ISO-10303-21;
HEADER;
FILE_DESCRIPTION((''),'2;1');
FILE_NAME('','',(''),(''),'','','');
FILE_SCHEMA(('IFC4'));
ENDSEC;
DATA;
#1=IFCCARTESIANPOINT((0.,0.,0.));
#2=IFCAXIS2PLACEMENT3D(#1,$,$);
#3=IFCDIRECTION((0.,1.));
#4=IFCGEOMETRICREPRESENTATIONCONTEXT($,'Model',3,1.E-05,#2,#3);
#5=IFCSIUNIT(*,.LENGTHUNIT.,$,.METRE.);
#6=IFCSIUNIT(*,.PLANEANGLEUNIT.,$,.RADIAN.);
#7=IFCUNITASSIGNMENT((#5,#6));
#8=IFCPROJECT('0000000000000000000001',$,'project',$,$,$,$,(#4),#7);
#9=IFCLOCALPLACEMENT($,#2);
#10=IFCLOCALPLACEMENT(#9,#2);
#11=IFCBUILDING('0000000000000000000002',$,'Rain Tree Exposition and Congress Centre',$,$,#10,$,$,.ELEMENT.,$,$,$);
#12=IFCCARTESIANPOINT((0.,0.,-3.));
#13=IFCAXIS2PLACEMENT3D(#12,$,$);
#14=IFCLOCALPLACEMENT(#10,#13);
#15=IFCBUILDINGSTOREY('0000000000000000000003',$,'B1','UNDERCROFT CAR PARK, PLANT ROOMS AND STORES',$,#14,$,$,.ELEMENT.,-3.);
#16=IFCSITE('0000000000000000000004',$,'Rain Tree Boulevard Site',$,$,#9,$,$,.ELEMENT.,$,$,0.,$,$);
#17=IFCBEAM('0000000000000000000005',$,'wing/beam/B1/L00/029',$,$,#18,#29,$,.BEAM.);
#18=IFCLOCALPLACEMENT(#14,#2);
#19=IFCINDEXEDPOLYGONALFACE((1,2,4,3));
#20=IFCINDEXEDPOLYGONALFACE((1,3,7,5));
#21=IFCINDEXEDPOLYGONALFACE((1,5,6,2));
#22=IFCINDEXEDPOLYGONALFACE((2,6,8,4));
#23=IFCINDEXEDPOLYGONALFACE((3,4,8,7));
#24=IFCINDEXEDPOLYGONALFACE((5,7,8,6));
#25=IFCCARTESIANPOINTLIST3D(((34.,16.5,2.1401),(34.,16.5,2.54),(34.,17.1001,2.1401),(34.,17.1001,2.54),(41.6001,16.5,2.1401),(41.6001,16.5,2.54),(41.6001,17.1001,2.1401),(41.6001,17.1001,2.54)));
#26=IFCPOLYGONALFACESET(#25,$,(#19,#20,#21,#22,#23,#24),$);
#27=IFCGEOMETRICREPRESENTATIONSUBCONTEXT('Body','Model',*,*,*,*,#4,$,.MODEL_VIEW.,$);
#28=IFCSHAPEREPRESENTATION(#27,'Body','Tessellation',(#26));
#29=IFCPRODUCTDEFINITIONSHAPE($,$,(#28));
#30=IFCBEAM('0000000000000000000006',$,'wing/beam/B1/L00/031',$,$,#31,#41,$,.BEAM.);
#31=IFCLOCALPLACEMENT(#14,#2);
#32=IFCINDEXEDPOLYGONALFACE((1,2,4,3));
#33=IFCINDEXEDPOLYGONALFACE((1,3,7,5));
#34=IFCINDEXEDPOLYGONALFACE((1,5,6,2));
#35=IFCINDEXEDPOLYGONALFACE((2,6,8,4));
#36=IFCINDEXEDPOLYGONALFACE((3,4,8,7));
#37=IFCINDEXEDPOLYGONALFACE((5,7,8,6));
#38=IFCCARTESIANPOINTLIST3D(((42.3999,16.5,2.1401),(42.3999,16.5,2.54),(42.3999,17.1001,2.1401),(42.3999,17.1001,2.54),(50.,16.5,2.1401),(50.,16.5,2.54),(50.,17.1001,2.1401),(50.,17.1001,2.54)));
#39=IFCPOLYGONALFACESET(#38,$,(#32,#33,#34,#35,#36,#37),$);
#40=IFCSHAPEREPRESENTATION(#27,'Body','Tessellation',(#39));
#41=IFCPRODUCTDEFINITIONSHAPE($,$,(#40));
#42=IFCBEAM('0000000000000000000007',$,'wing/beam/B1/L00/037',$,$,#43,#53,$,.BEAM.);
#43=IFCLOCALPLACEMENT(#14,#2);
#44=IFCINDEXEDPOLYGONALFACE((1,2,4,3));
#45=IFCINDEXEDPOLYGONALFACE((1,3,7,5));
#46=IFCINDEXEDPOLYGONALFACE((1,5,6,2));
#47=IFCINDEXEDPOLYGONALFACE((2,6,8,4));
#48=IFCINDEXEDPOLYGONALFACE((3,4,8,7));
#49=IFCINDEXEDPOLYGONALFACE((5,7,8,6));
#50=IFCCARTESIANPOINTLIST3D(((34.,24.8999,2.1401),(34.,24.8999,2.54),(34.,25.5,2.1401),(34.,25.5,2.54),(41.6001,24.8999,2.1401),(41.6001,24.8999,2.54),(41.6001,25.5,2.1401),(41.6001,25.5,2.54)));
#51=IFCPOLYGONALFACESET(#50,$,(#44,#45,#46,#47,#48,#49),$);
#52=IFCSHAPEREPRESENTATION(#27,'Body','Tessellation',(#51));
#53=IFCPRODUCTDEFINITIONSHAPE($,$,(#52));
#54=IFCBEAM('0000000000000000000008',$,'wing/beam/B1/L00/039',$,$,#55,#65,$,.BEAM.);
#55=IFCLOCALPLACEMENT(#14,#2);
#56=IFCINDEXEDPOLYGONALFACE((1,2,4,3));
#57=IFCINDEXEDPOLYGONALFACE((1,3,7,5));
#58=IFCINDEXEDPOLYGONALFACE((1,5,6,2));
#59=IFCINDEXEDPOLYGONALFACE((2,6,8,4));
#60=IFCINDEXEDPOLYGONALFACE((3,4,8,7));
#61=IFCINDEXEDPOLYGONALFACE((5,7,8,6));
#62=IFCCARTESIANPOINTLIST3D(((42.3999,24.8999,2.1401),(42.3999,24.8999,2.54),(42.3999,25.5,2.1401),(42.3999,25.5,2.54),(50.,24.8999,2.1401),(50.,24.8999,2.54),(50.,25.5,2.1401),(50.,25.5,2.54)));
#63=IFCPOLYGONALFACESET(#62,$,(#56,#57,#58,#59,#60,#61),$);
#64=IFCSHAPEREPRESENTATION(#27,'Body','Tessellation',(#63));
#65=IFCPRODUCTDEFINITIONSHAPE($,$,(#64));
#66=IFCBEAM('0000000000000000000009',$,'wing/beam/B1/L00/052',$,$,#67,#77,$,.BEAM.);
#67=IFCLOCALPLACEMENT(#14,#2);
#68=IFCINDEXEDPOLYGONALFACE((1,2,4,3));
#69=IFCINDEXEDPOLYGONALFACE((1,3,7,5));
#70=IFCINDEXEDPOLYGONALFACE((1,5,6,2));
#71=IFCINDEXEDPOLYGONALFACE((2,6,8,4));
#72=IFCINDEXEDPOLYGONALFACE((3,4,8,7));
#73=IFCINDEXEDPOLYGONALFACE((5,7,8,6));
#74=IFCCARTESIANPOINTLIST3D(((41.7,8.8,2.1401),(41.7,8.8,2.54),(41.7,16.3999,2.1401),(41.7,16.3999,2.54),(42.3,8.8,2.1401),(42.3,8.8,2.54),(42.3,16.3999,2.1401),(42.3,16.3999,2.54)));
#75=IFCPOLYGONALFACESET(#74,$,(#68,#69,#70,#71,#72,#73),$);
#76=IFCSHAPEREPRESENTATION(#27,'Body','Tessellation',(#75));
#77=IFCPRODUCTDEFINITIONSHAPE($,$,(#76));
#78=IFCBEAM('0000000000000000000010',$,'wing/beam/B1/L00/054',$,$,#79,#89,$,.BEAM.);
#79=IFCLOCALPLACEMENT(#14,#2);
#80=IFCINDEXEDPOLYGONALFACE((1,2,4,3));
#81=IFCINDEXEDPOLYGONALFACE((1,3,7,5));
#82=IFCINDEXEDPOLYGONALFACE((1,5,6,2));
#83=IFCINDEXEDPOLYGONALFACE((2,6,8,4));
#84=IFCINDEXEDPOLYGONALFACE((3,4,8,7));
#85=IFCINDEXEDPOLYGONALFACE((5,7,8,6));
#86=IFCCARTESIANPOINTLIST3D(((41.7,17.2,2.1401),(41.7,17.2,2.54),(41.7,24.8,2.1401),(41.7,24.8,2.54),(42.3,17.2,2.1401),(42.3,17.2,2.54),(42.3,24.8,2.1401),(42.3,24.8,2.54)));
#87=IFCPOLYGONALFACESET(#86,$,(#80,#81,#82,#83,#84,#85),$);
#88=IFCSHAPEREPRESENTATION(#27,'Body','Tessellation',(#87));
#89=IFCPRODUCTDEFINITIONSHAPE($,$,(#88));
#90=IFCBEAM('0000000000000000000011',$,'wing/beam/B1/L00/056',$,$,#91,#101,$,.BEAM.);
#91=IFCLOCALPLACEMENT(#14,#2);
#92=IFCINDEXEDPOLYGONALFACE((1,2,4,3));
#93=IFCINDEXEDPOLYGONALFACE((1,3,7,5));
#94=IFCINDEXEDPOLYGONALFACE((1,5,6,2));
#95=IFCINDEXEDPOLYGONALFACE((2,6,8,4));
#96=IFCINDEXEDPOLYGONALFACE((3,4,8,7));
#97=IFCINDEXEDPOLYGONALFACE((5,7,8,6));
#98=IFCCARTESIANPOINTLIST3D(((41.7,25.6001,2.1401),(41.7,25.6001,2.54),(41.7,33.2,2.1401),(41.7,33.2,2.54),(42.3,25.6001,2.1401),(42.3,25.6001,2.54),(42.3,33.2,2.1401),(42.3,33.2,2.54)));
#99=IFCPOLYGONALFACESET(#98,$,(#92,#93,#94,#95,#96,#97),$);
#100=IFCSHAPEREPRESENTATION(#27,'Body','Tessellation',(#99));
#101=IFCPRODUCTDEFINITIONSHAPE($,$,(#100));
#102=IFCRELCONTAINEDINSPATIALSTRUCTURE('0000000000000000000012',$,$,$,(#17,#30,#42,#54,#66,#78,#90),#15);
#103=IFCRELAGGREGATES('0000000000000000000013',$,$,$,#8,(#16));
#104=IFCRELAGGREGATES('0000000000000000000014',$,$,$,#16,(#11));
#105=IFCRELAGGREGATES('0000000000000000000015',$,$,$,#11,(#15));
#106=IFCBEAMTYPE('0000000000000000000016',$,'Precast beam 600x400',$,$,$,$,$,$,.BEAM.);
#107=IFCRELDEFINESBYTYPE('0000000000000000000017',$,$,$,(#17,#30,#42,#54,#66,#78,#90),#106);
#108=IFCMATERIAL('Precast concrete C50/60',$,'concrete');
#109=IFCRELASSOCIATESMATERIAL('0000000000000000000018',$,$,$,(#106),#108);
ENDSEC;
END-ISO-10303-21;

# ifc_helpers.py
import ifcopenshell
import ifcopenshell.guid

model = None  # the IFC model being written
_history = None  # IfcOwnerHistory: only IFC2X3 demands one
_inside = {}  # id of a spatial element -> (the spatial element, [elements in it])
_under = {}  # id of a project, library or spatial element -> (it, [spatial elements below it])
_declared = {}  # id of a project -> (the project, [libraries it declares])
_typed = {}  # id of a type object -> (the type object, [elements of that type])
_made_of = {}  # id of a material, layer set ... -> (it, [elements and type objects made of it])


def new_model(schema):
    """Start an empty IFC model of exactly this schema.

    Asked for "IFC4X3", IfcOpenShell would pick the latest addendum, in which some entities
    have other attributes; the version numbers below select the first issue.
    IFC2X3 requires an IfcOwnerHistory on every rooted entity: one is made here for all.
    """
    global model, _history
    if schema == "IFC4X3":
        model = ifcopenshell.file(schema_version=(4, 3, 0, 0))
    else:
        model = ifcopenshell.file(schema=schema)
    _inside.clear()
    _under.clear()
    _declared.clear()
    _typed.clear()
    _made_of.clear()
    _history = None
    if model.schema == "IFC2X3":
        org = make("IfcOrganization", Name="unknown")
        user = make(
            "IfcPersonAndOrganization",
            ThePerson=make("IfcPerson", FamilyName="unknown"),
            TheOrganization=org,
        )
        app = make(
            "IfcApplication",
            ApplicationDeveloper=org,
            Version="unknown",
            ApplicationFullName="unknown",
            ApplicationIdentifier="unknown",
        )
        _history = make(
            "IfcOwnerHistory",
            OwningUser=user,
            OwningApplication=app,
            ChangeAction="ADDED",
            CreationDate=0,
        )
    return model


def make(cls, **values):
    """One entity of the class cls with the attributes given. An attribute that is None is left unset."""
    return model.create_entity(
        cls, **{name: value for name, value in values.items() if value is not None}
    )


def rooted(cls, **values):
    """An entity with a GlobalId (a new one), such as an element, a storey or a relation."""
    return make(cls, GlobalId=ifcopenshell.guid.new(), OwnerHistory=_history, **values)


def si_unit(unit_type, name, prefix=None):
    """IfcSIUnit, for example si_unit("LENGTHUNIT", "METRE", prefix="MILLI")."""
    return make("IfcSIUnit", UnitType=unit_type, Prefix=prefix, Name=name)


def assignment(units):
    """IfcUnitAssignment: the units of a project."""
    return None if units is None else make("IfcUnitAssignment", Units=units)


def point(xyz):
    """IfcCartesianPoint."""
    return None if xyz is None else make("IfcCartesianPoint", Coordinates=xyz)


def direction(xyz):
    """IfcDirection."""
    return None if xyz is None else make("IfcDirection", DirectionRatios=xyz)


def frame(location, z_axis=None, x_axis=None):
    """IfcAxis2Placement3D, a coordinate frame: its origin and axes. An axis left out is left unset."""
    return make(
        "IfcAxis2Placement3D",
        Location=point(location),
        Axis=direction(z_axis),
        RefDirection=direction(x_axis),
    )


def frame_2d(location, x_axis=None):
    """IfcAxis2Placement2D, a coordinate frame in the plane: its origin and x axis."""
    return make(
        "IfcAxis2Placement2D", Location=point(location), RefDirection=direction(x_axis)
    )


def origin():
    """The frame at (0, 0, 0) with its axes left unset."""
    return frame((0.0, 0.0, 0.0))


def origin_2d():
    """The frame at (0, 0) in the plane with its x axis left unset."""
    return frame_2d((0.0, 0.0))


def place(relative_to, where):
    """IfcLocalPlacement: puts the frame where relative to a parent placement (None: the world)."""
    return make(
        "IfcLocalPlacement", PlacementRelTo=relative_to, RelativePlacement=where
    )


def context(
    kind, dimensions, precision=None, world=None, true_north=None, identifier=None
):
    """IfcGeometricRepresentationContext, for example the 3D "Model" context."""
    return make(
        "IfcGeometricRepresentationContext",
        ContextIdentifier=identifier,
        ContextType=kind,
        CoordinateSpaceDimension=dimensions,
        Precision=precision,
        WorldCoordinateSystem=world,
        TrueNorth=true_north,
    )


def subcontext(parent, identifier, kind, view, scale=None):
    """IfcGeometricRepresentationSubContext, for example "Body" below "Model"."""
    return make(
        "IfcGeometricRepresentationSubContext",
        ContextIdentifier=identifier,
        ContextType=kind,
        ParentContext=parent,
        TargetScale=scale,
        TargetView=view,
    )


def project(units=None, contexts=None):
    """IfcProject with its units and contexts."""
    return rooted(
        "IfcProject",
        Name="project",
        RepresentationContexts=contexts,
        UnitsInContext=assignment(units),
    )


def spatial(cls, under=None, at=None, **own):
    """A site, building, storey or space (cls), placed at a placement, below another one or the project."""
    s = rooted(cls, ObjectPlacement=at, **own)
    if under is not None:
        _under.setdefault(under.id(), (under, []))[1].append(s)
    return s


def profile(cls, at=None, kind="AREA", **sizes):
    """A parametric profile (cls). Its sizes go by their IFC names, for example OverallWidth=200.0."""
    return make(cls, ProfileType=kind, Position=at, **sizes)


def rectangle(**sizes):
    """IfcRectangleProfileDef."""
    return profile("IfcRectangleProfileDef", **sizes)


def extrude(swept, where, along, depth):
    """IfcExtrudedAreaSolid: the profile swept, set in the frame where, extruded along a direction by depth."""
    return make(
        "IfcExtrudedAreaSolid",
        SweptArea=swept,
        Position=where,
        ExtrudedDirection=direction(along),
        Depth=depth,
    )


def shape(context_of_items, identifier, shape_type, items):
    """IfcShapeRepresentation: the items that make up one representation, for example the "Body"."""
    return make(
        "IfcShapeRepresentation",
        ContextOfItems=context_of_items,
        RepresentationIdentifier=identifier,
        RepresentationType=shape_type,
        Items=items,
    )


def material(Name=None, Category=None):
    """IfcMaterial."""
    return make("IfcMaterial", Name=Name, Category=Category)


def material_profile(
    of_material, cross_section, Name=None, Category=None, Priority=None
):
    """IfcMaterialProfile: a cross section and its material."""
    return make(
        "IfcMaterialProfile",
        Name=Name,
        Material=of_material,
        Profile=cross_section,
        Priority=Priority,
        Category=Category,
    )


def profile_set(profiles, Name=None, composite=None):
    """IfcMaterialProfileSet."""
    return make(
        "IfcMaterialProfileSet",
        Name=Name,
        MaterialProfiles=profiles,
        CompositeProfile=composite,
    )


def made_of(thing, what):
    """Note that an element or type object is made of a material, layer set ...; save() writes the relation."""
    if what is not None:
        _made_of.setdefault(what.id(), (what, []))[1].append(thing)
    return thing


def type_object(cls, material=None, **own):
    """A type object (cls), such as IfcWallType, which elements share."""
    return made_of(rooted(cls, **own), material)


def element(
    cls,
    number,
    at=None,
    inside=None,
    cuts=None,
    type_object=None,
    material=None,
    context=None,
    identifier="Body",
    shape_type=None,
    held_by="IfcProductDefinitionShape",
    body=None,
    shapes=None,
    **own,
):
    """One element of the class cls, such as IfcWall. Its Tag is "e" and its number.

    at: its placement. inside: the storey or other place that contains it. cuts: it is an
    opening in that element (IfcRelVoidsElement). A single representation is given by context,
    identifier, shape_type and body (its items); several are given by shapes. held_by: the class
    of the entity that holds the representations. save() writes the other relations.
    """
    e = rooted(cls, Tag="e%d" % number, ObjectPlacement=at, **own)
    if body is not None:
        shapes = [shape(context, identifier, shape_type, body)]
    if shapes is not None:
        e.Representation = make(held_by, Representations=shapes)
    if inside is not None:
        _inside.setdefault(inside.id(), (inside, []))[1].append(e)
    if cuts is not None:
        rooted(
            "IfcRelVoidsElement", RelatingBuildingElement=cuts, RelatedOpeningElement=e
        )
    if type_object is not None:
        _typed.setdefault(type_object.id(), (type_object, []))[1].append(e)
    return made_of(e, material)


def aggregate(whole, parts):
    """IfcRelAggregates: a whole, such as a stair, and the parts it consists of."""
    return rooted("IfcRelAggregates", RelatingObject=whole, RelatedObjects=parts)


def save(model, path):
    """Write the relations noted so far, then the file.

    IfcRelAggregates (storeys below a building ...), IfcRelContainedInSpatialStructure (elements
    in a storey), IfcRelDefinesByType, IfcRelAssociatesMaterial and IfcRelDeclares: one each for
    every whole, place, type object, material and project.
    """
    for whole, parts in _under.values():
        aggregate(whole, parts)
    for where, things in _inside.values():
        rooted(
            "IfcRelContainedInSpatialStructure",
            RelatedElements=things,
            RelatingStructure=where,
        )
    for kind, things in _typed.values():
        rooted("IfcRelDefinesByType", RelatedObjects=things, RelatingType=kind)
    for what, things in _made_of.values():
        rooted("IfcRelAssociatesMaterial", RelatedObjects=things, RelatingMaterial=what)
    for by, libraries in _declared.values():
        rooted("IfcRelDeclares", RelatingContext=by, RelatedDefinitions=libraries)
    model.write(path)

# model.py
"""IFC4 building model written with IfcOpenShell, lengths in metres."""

from ifc_helpers import new_model, si_unit, direction, frame, origin, origin_2d, place, context, subcontext, project, spatial, rectangle, extrude, material, material_profile, profile_set, type_object, element, save


model = new_model("IFC4")

# Units and contexts
model_context = context("Model", 3, precision=1e-05, world=origin(), true_north=direction((0.0, 1.0)))
body_context = subcontext(model_context, "Body", "Model", "MODEL_VIEW")
ifc_project = project(units=[si_unit("LENGTHUNIT", "METRE"), si_unit("PLANEANGLEUNIT", "RADIAN")], contexts=[model_context])

# Site, building, storey
site_placement = place(None, origin())
site = spatial("IfcSite", under=ifc_project, at=site_placement, Name="Rain Tree Boulevard Site", CompositionType="ELEMENT", RefElevation=0.0)
building_placement = place(site_placement, origin())
building = spatial("IfcBuilding", under=site, at=building_placement, Name="Rain Tree Exposition and Congress Centre", CompositionType="ELEMENT")
storey_placement = place(building_placement, frame((0.0, 0.0, -3.0)))
storey = spatial("IfcBuildingStorey", under=building, at=storey_placement, Name="B1", Description="UNDERCROFT CAR PARK, PLANT ROOMS AND STORES", CompositionType="ELEMENT", Elevation=-3.0)

# Beams
ifc_material_1 = material(Name="Precast concrete C50/60", Category="concrete")
ifc_material_profile_1 = material_profile(ifc_material_1, rectangle(XDim=0.6001, YDim=0.3999, at=origin_2d()), Name="RC 600x400")
ifc_profile_set_1 = profile_set([ifc_material_profile_1], Name="Precast concrete C50/60")
beam_type = type_object("IfcBeamType", Name="Precast beam 600x400", PredefinedType="BEAM", material=ifc_profile_set_1)
for number, where, z_axis, x_axis, name in (
    (1, (34.0, 16.8, 2.3401), (1.0, 0.0, 0.0), (0.0, 1.0, 0.0), "wing/beam/B1/L00/029"),
    (2, (42.3999, 16.8, 2.3401), (1.0, 0.0, 0.0), (0.0, 1.0, 0.0), "wing/beam/B1/L00/031"),
    (3, (34.0, 25.2, 2.3401), (1.0, 0.0, 0.0), (0.0, 1.0, 0.0), "wing/beam/B1/L00/037"),
    (4, (42.3999, 25.2, 2.3401), (1.0, 0.0, 0.0), (0.0, 1.0, 0.0), "wing/beam/B1/L00/039"),
):
    element("IfcBeam", number, at=place(storey_placement, frame(where, z_axis=z_axis, x_axis=x_axis)), inside=storey, type_object=beam_type, Name=name, PredefinedType="BEAM", context=body_context, shape_type="SweptSolid", body=[
        extrude(rectangle(XDim=0.6001, YDim=0.3999, at=origin_2d()), origin(), (0.0, 0.0, 1.0), 7.6001),
    ])
beam_1_placement = place(storey_placement, frame((42.0, 8.8, 2.3401), z_axis=(0.0, 1.0, 0.0), x_axis=(-1.0, 0.0, 0.0)))
element("IfcBeam", 5, at=beam_1_placement, inside=storey, type_object=beam_type, Name="wing/beam/B1/L00/052", PredefinedType="BEAM", context=body_context, shape_type="SweptSolid", body=[
    extrude(rectangle(XDim=0.6001, YDim=0.3999, at=origin_2d()), origin(), (0.0, 0.0, 1.0), 7.5999),
])
beam_2_placement = place(storey_placement, frame((42.0, 17.2, 2.3401), z_axis=(0.0, 1.0, 0.0), x_axis=(-1.0, 0.0, 0.0)))
element("IfcBeam", 6, at=beam_2_placement, inside=storey, type_object=beam_type, Name="wing/beam/B1/L00/054", PredefinedType="BEAM", context=body_context, shape_type="SweptSolid", body=[
    extrude(rectangle(XDim=0.6001, YDim=0.3999, at=origin_2d()), origin(), (0.0, 0.0, 1.0), 7.6001),
])
beam_3_placement = place(storey_placement, frame((42.0, 25.6001, 2.3401), z_axis=(0.0, 1.0, 0.0), x_axis=(-1.0, 0.0, 0.0)))
element("IfcBeam", 7, at=beam_3_placement, inside=storey, type_object=beam_type, Name="wing/beam/B1/L00/056", PredefinedType="BEAM", context=body_context, shape_type="SweptSolid", body=[
    extrude(rectangle(XDim=0.6001, YDim=0.3999, at=origin_2d()), origin(), (0.0, 0.0, 1.0), 7.5999),
])

save(model, "model.ifc")
